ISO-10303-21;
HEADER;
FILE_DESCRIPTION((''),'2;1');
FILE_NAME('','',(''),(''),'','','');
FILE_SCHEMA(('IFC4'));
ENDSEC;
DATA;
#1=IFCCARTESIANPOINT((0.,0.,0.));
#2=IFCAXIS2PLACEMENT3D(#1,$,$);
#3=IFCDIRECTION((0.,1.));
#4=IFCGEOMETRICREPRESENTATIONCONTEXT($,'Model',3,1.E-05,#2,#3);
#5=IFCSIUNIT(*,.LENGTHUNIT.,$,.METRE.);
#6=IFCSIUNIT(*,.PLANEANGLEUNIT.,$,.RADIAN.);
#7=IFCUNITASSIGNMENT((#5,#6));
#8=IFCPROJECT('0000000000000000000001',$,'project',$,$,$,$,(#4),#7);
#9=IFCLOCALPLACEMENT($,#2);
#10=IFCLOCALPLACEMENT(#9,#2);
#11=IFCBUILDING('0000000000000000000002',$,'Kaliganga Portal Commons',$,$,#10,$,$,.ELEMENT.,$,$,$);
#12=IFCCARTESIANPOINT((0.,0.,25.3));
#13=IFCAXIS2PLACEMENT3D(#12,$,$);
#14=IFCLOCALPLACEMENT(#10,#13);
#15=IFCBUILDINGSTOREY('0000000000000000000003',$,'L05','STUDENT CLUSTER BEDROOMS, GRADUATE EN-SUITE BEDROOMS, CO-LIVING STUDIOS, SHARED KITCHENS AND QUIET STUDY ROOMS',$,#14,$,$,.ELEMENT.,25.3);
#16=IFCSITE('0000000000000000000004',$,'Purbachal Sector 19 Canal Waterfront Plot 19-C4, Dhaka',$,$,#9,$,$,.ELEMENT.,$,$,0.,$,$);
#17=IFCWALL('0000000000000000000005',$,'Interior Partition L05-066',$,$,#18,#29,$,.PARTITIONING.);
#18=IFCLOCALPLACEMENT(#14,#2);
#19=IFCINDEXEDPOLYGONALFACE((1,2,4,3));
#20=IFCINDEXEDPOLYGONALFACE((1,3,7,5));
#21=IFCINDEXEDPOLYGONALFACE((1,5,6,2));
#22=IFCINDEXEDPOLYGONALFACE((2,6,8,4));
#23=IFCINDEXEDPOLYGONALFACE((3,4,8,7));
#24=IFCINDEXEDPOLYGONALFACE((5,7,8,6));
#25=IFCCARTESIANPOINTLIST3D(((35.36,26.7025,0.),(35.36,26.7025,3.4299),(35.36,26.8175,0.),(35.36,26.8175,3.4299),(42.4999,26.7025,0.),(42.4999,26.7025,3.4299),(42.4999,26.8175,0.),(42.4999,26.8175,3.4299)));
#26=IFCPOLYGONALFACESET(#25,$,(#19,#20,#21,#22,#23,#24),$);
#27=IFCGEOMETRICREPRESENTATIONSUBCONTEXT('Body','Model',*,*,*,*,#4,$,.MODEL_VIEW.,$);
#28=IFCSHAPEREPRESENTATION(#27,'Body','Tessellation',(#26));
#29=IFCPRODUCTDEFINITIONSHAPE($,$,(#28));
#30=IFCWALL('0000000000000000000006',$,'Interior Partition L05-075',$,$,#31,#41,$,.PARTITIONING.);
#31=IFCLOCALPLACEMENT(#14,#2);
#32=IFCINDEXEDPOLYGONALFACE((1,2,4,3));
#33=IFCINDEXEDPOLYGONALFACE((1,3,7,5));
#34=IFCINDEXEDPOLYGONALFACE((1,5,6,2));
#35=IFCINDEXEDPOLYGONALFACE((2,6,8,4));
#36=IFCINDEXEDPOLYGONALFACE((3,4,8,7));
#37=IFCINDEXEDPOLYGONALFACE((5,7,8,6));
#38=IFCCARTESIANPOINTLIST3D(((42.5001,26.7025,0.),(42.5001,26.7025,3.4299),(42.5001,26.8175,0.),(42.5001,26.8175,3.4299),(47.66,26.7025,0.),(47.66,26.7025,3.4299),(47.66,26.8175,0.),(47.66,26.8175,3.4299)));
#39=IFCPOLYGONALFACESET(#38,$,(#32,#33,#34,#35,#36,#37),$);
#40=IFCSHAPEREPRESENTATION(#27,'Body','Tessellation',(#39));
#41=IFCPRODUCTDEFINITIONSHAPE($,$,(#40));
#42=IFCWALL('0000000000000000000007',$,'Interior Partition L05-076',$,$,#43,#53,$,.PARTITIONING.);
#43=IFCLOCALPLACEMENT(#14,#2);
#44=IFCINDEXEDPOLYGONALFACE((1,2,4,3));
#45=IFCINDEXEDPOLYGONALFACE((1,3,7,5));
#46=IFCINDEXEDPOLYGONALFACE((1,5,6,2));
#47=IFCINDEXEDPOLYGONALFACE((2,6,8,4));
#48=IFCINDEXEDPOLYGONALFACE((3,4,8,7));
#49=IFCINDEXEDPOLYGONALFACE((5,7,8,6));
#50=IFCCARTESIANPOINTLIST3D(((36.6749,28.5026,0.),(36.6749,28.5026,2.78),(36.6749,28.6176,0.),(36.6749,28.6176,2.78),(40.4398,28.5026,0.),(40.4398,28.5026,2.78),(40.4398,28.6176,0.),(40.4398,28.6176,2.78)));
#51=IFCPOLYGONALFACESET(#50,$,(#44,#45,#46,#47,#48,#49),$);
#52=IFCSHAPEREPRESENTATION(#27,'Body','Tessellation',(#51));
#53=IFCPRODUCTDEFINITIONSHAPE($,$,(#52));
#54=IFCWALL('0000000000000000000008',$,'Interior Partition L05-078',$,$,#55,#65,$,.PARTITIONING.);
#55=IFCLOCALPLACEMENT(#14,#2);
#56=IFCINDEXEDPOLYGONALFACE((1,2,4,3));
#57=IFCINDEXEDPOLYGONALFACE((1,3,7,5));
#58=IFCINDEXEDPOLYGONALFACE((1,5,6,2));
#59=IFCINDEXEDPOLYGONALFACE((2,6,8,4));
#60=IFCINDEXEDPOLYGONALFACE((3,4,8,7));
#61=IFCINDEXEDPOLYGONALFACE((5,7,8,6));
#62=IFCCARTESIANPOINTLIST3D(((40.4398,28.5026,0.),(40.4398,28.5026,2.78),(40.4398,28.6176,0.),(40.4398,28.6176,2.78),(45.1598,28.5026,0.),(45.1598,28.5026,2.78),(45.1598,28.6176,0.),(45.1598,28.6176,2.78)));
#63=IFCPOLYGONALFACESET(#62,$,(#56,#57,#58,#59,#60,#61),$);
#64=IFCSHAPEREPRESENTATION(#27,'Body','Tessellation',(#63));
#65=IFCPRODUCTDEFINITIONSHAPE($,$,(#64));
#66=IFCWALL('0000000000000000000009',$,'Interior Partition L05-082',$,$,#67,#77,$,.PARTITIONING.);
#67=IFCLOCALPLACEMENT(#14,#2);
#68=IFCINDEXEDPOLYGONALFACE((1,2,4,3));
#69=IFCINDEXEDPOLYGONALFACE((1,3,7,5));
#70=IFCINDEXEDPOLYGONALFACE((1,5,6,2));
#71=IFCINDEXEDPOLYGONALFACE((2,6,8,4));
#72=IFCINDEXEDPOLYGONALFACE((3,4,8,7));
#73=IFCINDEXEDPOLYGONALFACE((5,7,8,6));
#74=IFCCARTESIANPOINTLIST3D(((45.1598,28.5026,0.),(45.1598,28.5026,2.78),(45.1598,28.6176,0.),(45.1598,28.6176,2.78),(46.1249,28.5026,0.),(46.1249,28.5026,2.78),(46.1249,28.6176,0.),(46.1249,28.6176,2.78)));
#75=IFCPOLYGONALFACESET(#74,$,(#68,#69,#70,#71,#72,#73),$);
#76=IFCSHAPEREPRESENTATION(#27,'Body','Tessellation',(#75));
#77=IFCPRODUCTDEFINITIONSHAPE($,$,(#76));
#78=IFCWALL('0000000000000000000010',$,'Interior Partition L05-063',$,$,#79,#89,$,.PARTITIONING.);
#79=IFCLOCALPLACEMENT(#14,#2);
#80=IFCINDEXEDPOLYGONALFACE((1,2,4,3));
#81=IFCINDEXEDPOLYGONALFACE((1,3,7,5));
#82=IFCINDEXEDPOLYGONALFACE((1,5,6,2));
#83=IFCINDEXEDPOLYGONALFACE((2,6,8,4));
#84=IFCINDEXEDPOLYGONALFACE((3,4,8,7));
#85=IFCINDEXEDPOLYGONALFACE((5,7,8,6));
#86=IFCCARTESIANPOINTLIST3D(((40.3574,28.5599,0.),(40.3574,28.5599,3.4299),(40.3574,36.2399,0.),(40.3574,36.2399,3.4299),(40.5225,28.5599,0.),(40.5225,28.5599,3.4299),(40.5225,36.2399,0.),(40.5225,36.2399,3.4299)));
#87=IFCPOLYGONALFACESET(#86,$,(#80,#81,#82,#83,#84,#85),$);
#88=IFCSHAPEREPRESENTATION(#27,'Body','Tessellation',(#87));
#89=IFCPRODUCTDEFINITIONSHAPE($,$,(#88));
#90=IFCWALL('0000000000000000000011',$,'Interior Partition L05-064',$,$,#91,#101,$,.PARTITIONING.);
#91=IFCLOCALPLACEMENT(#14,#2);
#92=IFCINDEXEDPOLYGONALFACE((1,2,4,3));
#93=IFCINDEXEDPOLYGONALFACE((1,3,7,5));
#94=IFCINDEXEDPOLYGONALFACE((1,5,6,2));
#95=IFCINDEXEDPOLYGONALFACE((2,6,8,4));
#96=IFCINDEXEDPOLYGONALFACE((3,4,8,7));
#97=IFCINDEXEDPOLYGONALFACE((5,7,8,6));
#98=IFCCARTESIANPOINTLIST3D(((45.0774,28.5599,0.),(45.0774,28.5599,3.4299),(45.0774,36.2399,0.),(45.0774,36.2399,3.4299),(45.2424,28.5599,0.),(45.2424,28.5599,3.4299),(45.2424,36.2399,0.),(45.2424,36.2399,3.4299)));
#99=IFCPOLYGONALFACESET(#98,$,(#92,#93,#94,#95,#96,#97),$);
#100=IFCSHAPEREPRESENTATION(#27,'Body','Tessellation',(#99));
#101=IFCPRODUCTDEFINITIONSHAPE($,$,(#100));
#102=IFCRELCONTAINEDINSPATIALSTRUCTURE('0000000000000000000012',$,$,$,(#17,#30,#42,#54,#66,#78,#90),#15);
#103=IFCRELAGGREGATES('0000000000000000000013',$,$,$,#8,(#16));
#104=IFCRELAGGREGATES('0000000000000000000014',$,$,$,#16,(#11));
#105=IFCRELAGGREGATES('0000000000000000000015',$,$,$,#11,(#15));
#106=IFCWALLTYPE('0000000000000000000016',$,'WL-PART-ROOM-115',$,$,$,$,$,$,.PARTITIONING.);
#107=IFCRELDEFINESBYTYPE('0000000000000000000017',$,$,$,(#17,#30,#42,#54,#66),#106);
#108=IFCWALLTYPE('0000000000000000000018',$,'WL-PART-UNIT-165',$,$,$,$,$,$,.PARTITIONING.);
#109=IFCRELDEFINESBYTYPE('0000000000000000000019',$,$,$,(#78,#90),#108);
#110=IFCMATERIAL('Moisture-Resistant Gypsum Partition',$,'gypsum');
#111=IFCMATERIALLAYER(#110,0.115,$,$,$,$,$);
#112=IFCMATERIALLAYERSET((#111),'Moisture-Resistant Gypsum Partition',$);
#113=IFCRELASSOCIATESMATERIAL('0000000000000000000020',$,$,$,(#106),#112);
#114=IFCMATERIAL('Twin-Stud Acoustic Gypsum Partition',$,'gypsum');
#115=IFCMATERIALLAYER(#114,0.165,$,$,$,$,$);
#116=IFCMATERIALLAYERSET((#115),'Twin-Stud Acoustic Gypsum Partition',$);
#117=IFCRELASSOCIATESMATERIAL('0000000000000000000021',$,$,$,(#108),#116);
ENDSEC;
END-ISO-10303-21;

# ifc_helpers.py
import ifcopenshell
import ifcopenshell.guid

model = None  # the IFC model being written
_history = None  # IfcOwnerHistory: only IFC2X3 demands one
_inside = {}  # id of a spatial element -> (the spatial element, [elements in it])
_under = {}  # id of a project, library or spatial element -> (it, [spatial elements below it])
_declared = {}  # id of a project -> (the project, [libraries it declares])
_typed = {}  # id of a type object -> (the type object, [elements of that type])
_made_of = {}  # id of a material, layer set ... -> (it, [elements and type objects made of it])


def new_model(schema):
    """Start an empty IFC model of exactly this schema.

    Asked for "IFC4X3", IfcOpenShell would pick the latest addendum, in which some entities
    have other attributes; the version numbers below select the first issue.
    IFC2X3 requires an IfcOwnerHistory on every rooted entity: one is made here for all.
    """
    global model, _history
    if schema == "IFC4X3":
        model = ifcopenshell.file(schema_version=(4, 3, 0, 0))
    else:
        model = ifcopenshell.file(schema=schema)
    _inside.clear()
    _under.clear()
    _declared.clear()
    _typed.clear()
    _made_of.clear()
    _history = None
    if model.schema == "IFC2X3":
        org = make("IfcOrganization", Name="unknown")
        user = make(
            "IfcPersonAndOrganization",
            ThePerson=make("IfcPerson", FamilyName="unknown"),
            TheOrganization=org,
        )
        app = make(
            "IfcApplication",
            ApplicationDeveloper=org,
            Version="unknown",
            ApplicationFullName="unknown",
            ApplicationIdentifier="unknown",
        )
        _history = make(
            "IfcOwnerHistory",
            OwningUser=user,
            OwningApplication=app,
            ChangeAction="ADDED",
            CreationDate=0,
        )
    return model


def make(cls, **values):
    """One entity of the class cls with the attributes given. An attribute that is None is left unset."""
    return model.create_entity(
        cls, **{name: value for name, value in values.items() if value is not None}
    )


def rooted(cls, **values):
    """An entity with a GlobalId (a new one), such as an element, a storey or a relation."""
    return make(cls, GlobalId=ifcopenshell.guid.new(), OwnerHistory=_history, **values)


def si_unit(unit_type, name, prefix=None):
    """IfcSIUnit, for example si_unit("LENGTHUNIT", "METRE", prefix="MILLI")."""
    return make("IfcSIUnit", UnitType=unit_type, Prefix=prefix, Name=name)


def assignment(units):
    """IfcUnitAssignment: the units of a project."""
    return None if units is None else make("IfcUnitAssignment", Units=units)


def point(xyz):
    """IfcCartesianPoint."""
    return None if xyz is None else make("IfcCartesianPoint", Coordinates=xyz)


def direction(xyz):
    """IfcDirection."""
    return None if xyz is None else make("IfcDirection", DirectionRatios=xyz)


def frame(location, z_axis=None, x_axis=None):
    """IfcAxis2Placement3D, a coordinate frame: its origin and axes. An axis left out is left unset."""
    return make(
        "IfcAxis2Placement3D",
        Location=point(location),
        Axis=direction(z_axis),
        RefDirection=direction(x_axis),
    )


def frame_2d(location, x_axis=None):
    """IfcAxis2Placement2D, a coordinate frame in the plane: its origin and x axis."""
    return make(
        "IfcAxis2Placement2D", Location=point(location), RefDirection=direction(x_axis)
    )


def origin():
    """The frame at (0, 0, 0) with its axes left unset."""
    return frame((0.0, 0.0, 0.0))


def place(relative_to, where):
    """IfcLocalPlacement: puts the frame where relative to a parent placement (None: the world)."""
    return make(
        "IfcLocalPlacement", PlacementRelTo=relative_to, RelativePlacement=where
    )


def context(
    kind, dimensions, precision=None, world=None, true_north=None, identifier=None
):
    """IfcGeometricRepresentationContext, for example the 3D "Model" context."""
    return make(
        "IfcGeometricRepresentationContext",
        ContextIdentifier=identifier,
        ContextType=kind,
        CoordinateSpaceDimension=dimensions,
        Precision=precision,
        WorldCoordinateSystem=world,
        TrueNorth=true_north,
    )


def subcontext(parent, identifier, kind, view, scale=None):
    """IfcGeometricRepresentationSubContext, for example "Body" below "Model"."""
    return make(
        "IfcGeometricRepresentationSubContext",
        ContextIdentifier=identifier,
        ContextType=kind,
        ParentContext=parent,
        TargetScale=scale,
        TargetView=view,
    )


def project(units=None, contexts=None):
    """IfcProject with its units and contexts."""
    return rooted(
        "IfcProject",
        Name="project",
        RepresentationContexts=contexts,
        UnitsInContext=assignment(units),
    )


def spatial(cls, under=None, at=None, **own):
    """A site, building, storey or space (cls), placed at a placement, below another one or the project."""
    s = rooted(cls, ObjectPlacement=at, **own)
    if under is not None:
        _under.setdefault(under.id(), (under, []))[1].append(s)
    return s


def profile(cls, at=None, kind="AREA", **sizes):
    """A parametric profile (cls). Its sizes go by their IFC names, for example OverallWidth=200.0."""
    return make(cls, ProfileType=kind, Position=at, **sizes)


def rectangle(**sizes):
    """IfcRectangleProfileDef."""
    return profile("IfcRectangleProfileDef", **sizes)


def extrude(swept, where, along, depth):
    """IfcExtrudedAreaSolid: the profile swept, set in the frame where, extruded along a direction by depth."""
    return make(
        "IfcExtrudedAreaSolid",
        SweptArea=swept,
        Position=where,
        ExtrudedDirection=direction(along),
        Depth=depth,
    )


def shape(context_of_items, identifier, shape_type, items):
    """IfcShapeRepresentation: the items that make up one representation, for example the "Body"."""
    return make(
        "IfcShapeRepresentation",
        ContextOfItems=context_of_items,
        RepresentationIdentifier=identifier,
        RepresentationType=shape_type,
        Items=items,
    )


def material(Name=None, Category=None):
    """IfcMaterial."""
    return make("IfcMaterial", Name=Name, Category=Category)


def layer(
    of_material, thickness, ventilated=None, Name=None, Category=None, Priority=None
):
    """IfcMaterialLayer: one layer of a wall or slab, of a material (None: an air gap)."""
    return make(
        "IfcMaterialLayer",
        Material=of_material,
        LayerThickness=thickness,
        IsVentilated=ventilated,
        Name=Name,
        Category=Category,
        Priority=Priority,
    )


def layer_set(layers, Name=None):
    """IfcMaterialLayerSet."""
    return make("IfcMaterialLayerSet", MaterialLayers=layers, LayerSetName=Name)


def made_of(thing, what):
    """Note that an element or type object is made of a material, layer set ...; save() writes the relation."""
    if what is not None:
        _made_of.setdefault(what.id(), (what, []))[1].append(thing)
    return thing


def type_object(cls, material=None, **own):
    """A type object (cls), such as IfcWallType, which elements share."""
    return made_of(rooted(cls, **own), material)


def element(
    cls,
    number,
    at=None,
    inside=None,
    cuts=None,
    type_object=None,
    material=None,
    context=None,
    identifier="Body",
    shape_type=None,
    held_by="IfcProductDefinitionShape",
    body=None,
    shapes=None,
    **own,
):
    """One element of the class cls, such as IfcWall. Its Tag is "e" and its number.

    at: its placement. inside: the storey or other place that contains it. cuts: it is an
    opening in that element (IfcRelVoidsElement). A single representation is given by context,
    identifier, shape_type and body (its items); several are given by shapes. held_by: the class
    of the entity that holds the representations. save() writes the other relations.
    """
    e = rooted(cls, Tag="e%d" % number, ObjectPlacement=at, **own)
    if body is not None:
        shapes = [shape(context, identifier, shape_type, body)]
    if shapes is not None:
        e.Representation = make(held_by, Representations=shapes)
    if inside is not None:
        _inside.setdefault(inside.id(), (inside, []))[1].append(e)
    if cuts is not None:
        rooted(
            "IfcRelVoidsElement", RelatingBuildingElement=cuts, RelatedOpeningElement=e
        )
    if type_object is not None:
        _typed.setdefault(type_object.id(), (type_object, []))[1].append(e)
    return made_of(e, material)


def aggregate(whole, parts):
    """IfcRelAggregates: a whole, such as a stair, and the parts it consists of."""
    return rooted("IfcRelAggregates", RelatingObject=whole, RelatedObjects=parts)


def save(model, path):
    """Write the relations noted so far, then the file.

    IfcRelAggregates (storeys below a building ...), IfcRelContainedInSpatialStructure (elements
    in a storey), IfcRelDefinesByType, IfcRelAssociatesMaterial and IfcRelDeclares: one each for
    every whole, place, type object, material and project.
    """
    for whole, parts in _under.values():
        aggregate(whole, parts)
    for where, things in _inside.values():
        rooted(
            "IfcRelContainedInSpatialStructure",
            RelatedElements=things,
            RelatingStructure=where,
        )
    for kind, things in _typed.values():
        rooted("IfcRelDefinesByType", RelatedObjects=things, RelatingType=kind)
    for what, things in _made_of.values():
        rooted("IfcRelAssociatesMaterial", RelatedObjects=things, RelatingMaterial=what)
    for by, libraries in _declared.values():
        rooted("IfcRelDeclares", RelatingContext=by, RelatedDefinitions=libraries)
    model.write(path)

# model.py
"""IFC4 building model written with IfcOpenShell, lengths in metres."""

from ifc_helpers import new_model, si_unit, direction, frame, frame_2d, origin, place, context, subcontext, project, spatial, rectangle, extrude, material, layer, layer_set, type_object, element, save


model = new_model("IFC4")

# Units and contexts
model_context = context("Model", 3, precision=1e-05, world=origin(), true_north=direction((0.0, 1.0)))
body_context = subcontext(model_context, "Body", "Model", "MODEL_VIEW")
ifc_project = project(units=[si_unit("LENGTHUNIT", "METRE"), si_unit("PLANEANGLEUNIT", "RADIAN")], contexts=[model_context])

# Site, building, storey
site_placement = place(None, origin())
site = spatial("IfcSite", under=ifc_project, at=site_placement, Name="Purbachal Sector 19 Canal Waterfront Plot 19-C4, Dhaka", CompositionType="ELEMENT", RefElevation=0.0)
building_placement = place(site_placement, origin())
building = spatial("IfcBuilding", under=site, at=building_placement, Name="Kaliganga Portal Commons", CompositionType="ELEMENT")
storey_placement = place(building_placement, frame((0.0, 0.0, 25.3)))
storey = spatial("IfcBuildingStorey", under=building, at=storey_placement, Name="L05", Description="STUDENT CLUSTER BEDROOMS, GRADUATE EN-SUITE BEDROOMS, CO-LIVING STUDIOS, SHARED KITCHENS AND QUIET STUDY ROOMS", CompositionType="ELEMENT", Elevation=25.3)

# Walls
ifc_material_1 = material(Name="Moisture-Resistant Gypsum Partition", Category="gypsum")
ifc_layer_1 = layer(ifc_material_1, 0.115)
ifc_layer_set_1 = layer_set([ifc_layer_1], Name="Moisture-Resistant Gypsum Partition")
wall_type_1 = type_object("IfcWallType", Name="WL-PART-ROOM-115", PredefinedType="PARTITIONING", material=ifc_layer_set_1)
wall_1_placement = place(storey_placement, frame((35.3601, 26.76, 0.0), z_axis=(0.0, 0.0, 1.0), x_axis=(1.0, 0.0, 0.0)))
element("IfcWall", 1, at=wall_1_placement, inside=storey, type_object=wall_type_1, Name="Interior Partition L05-066", PredefinedType="PARTITIONING", context=body_context, shape_type="SweptSolid", body=[
    extrude(rectangle(XDim=7.1399, YDim=0.115, at=frame_2d((3.5698, 0.0))), origin(), (0.0, 0.0, 1.0), 3.4299),
])
wall_2_placement = place(storey_placement, frame((42.5, 26.76, 0.0), z_axis=(0.0, 0.0, 1.0), x_axis=(1.0, 0.0, 0.0)))
element("IfcWall", 2, at=wall_2_placement, inside=storey, type_object=wall_type_1, Name="Interior Partition L05-075", PredefinedType="PARTITIONING", context=body_context, shape_type="SweptSolid", body=[
    extrude(rectangle(XDim=5.1599, YDim=0.115, at=frame_2d((2.5801, 0.0))), origin(), (0.0, 0.0, 1.0), 3.4299),
])
wall_3_placement = place(storey_placement, frame((36.675, 28.5601, 0.0), z_axis=(0.0, 0.0, 1.0), x_axis=(1.0, 0.0, 0.0)))
element("IfcWall", 3, at=wall_3_placement, inside=storey, type_object=wall_type_1, Name="Interior Partition L05-076", PredefinedType="PARTITIONING", context=body_context, shape_type="SweptSolid", body=[
    extrude(rectangle(XDim=3.7649, YDim=0.115, at=frame_2d((1.8823, 0.0))), origin(), (0.0, 0.0, 1.0), 2.78),
])
wall_4_placement = place(storey_placement, frame((40.4399, 28.5601, 0.0), z_axis=(0.0, 0.0, 1.0), x_axis=(1.0, 0.0, 0.0)))
element("IfcWall", 4, at=wall_4_placement, inside=storey, type_object=wall_type_1, Name="Interior Partition L05-078", PredefinedType="PARTITIONING", context=body_context, shape_type="SweptSolid", body=[
    extrude(rectangle(XDim=4.72, YDim=0.115, at=frame_2d((2.3599, 0.0))), origin(), (0.0, 0.0, 1.0), 2.78),
])
wall_5_placement = place(storey_placement, frame((45.1599, 28.5601, 0.0), z_axis=(0.0, 0.0, 1.0), x_axis=(1.0, 0.0, 0.0)))
element("IfcWall", 5, at=wall_5_placement, inside=storey, type_object=wall_type_1, Name="Interior Partition L05-082", PredefinedType="PARTITIONING", context=body_context, shape_type="SweptSolid", body=[
    extrude(rectangle(XDim=0.9651, YDim=0.115, at=frame_2d((0.4824, 0.0))), origin(), (0.0, 0.0, 1.0), 2.78),
])
ifc_material_2 = material(Name="Twin-Stud Acoustic Gypsum Partition", Category="gypsum")
ifc_layer_2 = layer(ifc_material_2, 0.165)
ifc_layer_set_2 = layer_set([ifc_layer_2], Name="Twin-Stud Acoustic Gypsum Partition")
wall_type_2 = type_object("IfcWallType", Name="WL-PART-UNIT-165", PredefinedType="PARTITIONING", material=ifc_layer_set_2)
for number, where, z_axis, x_axis, name in (
    (6, (40.4399, 28.5601, 0.0), (0.0, 0.0, 1.0), (0.0, 1.0, 0.0), "Interior Partition L05-063"),
    (7, (45.1599, 28.5601, 0.0), (0.0, 0.0, 1.0), (0.0, 1.0, 0.0), "Interior Partition L05-064"),
):
    element("IfcWall", number, at=place(storey_placement, frame(where, z_axis=z_axis, x_axis=x_axis)), inside=storey, type_object=wall_type_2, Name=name, PredefinedType="PARTITIONING", context=body_context, shape_type="SweptSolid", body=[
        extrude(rectangle(XDim=7.6799, YDim=0.165, at=frame_2d((3.8398, 0.0))), origin(), (0.0, 0.0, 1.0), 3.4299),
    ])

save(model, "model.ifc")
